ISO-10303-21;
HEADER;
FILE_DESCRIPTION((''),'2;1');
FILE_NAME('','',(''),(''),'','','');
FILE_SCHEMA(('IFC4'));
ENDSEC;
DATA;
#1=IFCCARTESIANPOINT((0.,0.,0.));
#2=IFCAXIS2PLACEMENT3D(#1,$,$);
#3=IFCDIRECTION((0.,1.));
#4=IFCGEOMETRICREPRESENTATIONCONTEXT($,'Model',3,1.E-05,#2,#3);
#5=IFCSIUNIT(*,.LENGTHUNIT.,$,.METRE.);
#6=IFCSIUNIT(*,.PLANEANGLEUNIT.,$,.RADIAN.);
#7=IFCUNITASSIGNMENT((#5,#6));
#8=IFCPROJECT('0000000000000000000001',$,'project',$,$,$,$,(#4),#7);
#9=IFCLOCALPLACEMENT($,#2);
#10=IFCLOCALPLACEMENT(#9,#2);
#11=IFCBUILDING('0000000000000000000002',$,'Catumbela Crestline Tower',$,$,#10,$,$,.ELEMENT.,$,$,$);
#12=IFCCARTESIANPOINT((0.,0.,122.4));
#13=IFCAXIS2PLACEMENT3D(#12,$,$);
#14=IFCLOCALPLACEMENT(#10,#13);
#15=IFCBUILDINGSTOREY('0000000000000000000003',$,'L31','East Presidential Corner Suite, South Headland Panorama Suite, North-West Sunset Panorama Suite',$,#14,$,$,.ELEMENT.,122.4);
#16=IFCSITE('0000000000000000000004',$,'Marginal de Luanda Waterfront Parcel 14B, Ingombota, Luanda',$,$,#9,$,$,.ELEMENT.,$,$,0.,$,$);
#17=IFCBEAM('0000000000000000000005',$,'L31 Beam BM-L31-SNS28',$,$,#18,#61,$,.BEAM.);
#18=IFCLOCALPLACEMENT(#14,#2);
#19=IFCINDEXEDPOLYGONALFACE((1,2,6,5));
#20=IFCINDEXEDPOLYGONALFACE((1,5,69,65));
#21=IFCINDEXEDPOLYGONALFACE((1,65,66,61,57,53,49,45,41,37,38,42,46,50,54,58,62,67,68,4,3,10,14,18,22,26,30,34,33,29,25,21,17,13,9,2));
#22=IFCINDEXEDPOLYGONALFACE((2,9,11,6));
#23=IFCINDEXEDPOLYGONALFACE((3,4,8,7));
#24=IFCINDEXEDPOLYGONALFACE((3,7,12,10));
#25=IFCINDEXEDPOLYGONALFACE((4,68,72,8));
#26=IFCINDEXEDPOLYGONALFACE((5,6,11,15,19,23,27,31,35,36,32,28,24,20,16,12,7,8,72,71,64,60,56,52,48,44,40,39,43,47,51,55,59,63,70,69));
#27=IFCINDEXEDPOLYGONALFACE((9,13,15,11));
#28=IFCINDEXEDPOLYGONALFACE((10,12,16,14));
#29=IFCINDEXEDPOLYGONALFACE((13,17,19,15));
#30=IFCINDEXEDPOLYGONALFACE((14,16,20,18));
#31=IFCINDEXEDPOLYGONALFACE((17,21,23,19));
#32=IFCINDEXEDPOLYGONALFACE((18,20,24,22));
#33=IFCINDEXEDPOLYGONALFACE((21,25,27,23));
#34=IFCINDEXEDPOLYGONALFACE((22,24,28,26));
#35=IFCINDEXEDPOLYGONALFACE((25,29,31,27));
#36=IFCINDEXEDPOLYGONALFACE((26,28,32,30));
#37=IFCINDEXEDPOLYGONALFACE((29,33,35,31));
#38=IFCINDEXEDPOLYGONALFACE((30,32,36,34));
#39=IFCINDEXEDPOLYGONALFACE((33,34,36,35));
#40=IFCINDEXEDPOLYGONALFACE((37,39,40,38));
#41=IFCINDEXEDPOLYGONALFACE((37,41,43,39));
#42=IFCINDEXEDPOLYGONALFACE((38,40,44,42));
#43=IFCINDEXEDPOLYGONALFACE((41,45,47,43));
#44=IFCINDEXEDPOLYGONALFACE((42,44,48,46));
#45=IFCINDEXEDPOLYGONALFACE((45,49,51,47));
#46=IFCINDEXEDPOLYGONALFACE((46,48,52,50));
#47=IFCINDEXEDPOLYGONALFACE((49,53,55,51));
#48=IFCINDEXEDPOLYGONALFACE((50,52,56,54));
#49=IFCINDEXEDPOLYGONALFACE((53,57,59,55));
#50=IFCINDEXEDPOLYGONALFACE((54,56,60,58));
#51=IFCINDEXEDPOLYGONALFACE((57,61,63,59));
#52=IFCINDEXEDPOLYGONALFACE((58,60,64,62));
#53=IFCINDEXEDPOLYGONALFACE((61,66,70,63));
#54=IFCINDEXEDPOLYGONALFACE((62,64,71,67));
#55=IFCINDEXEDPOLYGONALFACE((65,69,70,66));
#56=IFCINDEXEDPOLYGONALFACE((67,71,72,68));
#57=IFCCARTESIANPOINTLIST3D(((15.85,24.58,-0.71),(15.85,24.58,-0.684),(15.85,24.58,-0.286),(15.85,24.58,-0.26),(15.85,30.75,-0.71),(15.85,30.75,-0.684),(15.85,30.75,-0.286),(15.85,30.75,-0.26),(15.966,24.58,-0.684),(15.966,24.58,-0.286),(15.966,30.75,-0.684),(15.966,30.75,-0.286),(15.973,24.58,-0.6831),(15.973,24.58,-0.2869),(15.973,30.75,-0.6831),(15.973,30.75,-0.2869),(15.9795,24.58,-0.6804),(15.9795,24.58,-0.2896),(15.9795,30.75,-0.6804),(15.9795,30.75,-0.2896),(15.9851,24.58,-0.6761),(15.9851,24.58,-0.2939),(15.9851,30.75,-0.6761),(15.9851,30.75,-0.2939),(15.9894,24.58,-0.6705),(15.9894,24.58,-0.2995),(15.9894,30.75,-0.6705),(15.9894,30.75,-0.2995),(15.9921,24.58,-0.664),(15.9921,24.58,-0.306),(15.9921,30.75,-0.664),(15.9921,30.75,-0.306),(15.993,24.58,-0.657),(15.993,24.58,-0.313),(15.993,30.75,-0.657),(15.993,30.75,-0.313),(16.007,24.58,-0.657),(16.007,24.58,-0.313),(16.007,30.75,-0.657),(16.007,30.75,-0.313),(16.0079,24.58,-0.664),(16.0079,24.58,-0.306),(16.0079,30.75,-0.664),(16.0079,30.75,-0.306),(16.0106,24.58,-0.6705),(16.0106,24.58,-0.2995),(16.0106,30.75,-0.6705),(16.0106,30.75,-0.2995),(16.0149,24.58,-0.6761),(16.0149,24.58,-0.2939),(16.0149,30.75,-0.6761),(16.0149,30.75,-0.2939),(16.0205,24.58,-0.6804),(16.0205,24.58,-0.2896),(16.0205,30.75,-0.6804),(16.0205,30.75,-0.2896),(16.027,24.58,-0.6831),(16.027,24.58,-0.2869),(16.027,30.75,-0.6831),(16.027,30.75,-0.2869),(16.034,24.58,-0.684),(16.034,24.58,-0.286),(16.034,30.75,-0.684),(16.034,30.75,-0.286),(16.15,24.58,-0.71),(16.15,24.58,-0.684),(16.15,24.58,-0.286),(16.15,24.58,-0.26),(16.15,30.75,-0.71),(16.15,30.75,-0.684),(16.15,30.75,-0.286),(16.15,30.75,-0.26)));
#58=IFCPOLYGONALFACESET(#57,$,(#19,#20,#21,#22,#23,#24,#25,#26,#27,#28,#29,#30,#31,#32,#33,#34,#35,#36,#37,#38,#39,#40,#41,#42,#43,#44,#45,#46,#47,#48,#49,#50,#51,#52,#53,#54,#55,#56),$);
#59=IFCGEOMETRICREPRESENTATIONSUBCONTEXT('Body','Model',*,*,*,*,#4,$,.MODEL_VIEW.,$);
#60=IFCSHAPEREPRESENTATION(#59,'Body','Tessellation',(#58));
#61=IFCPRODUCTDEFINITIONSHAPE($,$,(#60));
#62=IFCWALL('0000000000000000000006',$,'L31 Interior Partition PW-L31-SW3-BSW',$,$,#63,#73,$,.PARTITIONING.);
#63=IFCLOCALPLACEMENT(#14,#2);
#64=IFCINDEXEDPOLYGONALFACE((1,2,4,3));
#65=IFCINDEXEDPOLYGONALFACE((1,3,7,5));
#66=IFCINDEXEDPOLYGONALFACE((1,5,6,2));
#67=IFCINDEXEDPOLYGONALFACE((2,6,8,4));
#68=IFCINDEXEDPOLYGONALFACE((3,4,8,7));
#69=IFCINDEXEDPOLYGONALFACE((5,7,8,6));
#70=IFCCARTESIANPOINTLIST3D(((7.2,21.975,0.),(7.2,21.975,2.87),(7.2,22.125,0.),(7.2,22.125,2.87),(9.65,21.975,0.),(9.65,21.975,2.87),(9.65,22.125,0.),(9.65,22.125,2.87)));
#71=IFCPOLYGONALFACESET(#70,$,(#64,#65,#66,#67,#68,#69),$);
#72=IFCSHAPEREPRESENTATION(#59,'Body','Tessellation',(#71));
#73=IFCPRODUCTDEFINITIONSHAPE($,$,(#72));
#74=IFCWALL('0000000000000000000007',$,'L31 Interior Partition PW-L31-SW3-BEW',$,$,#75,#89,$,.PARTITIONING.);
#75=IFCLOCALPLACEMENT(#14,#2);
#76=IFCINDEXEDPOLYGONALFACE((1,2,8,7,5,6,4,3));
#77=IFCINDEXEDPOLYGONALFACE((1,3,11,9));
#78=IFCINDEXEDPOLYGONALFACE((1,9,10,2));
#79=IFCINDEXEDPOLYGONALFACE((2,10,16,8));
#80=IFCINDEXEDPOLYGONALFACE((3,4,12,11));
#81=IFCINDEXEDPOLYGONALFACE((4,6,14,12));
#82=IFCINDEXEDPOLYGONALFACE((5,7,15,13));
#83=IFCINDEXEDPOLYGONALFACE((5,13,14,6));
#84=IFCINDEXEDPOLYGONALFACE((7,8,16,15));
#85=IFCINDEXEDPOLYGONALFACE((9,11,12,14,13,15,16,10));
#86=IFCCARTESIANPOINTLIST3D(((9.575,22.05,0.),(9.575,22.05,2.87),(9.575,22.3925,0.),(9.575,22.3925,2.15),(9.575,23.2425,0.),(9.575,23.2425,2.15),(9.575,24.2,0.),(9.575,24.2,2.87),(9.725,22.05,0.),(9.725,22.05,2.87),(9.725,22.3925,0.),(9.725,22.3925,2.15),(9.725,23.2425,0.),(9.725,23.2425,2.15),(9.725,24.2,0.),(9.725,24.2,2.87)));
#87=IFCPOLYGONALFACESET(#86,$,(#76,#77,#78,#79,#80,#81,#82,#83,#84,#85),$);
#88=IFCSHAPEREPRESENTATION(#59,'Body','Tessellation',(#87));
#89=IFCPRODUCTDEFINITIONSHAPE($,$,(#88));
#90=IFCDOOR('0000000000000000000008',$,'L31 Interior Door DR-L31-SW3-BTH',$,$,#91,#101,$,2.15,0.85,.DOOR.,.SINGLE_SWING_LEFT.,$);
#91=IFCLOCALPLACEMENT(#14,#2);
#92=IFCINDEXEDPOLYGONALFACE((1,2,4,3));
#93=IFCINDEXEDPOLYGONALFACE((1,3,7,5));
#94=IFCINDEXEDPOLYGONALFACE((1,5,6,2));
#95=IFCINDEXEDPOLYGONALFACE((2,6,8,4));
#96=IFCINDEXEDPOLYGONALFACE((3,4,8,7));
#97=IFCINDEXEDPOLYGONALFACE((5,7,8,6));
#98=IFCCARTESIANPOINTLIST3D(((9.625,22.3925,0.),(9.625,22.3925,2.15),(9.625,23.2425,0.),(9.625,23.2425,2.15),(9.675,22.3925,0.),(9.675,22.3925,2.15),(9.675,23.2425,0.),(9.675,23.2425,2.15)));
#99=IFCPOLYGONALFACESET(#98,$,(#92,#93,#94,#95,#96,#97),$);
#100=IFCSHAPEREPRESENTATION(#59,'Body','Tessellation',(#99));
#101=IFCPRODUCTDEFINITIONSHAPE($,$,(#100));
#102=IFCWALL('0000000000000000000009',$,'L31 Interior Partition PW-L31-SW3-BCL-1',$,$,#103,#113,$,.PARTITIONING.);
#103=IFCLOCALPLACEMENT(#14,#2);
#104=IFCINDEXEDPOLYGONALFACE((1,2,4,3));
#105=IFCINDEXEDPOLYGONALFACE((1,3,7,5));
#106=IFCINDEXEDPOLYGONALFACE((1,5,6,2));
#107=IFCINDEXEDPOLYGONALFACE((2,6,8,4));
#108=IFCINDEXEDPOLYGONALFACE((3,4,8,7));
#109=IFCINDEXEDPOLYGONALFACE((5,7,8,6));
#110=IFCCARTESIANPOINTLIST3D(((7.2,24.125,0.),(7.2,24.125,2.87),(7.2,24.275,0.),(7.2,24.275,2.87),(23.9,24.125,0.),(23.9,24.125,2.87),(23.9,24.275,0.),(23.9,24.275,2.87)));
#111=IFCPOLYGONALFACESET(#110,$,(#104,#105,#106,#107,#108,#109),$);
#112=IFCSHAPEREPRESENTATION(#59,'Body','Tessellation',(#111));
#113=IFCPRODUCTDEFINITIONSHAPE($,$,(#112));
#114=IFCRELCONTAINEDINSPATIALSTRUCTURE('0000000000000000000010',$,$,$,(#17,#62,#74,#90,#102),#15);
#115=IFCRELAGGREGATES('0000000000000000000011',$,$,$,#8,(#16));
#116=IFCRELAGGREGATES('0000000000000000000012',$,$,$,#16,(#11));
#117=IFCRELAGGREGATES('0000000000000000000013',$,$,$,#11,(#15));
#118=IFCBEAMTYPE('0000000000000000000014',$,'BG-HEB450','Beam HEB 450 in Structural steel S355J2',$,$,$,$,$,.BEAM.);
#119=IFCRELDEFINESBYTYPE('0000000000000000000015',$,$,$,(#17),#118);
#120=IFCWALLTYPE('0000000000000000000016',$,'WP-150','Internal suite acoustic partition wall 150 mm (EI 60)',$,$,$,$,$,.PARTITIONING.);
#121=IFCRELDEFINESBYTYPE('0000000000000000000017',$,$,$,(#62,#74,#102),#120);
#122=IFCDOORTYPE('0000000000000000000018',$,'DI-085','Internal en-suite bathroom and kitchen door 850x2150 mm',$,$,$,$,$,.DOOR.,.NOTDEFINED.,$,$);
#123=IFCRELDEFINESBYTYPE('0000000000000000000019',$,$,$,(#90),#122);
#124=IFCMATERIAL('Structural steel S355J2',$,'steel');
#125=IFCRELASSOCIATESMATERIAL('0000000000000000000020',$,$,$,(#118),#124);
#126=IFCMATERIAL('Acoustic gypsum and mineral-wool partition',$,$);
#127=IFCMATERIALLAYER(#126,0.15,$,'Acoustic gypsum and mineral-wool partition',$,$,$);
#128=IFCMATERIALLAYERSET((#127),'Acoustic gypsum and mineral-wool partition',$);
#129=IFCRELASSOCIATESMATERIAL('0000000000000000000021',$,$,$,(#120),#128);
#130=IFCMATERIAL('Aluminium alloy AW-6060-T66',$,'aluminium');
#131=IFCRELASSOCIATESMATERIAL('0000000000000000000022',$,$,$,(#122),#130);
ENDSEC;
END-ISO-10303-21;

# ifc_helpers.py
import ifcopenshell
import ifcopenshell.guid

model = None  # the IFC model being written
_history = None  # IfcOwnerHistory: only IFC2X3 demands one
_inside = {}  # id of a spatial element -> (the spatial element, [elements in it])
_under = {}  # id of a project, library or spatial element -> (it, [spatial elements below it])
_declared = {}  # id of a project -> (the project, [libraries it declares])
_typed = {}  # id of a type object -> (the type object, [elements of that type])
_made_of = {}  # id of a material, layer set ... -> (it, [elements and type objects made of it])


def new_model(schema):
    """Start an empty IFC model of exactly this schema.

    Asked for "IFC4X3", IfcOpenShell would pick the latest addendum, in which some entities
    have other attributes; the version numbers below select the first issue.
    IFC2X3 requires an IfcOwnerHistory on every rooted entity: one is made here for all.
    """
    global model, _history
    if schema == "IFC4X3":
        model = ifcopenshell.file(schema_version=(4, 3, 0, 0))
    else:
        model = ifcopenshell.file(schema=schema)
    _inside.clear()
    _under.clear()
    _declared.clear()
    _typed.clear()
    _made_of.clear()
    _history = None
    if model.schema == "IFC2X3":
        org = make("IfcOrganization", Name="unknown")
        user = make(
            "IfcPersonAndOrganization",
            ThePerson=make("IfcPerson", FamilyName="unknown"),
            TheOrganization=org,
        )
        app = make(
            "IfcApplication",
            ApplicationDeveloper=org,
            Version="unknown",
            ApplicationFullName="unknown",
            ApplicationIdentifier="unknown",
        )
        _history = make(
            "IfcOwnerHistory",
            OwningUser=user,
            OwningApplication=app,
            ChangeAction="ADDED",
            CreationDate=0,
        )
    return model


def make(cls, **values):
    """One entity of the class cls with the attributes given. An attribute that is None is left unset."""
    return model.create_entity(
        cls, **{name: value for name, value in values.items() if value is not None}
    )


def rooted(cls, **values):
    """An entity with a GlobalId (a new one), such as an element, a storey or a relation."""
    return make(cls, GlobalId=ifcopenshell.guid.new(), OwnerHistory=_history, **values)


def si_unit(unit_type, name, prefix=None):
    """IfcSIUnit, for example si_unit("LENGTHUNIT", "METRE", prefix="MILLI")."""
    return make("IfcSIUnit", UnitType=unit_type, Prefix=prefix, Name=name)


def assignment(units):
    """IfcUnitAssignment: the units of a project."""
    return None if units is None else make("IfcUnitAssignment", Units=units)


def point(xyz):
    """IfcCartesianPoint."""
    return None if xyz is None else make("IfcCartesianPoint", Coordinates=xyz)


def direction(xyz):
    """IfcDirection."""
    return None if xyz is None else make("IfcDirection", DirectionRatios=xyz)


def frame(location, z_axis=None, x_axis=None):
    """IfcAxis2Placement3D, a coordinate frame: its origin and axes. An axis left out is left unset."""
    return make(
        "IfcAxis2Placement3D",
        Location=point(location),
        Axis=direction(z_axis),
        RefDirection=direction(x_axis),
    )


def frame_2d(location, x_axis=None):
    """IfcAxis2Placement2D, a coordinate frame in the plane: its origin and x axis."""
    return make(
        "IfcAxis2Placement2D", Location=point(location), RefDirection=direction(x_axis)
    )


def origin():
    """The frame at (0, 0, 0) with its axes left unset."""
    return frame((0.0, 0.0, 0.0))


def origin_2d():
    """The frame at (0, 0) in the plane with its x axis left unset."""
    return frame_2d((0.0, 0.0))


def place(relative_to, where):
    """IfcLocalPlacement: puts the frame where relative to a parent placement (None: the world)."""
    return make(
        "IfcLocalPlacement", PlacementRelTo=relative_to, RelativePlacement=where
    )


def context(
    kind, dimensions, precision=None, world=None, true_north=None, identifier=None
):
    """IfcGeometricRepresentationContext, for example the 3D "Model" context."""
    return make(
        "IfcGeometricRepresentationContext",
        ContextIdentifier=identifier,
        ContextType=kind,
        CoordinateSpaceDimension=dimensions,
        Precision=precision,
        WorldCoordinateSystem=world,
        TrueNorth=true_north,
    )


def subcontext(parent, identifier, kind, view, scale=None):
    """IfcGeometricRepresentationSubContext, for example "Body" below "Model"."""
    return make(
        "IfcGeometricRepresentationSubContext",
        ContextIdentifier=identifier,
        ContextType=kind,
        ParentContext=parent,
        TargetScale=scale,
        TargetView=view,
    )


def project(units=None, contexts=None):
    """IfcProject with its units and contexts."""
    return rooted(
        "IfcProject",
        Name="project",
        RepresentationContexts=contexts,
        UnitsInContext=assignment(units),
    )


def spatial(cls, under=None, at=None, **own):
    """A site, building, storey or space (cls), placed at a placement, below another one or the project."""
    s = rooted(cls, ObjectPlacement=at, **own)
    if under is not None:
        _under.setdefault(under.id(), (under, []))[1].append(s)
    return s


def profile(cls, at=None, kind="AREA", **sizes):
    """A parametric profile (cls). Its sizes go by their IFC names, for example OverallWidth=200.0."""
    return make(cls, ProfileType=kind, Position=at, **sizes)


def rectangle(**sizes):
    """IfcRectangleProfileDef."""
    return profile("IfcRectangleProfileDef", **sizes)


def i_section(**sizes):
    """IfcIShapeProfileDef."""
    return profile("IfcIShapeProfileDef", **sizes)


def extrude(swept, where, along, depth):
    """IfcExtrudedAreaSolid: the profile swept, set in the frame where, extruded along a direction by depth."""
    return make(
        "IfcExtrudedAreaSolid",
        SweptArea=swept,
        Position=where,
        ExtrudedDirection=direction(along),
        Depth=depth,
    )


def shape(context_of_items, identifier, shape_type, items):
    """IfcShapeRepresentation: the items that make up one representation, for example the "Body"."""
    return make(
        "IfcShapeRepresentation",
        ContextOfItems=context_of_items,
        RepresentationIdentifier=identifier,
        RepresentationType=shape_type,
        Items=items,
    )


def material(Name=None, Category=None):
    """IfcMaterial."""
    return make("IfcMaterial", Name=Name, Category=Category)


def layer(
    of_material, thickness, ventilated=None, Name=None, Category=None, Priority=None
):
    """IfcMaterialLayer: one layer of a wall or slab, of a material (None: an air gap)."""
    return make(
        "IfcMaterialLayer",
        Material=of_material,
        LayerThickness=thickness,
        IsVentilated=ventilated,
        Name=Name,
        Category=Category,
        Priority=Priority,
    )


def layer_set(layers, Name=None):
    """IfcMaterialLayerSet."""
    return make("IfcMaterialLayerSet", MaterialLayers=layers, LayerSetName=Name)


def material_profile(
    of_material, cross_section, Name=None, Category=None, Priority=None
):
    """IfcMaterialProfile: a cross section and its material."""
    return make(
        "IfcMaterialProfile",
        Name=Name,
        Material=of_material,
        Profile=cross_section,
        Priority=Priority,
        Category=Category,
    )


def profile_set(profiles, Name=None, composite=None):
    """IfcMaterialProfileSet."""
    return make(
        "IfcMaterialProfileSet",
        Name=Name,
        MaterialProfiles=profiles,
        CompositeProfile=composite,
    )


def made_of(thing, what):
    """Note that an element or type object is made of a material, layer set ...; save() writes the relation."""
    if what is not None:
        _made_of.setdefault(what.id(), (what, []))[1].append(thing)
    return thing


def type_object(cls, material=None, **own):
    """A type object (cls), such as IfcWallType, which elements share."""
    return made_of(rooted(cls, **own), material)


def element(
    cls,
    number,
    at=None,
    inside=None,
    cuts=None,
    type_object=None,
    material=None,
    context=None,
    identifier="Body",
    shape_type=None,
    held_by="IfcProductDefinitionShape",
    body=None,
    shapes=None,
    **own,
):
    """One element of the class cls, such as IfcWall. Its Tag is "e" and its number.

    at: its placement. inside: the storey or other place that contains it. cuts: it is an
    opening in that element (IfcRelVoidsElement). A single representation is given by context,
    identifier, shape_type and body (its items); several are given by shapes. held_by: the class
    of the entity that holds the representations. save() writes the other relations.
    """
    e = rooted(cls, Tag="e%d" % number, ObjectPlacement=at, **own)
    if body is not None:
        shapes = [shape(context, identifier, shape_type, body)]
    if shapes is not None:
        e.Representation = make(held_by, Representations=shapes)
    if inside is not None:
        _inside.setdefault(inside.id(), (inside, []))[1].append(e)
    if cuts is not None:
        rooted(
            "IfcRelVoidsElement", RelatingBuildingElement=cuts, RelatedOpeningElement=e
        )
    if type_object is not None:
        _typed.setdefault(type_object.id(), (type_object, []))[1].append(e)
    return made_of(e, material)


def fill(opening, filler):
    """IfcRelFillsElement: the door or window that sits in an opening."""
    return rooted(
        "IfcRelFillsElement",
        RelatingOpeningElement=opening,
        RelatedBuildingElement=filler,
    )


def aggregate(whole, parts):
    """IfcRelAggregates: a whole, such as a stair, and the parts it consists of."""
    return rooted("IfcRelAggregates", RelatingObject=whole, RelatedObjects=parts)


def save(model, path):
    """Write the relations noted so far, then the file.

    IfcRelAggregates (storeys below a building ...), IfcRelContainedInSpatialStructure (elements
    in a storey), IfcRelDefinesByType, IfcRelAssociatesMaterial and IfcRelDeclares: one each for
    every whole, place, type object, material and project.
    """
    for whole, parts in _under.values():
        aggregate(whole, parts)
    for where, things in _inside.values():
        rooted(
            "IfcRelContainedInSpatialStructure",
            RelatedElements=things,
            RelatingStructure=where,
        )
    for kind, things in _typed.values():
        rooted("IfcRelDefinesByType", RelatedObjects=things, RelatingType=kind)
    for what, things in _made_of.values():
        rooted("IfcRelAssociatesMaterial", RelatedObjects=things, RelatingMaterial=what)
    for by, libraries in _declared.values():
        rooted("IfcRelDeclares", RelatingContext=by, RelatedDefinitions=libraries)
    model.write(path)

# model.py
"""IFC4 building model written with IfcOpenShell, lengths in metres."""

from ifc_helpers import new_model, si_unit, direction, frame, frame_2d, origin, origin_2d, place, context, subcontext, project, spatial, rectangle, i_section, extrude, material, layer, layer_set, material_profile, profile_set, type_object, element, fill, save


model = new_model("IFC4")

# Units and contexts
model_context = context("Model", 3, precision=1e-05, world=origin(), true_north=direction((0.0, 1.0)))
body_context = subcontext(model_context, "Body", "Model", "MODEL_VIEW")
ifc_project = project(units=[si_unit("LENGTHUNIT", "METRE"), si_unit("PLANEANGLEUNIT", "RADIAN")], contexts=[model_context])

# Site, building, storey
site_placement = place(None, origin())
site = spatial("IfcSite", under=ifc_project, at=site_placement, Name="Marginal de Luanda Waterfront Parcel 14B, Ingombota, Luanda", CompositionType="ELEMENT", RefElevation=0.0)
building_placement = place(site_placement, origin())
building = spatial("IfcBuilding", under=site, at=building_placement, Name="Catumbela Crestline Tower", CompositionType="ELEMENT")
storey_placement = place(building_placement, frame((0.0, 0.0, 122.4)))
storey = spatial("IfcBuildingStorey", under=building, at=storey_placement, Name="L31", Description="East Presidential Corner Suite, South Headland Panorama Suite, North-West Sunset Panorama Suite", CompositionType="ELEMENT", Elevation=122.4)

# Beam
ifc_material_1 = material(Name="Structural steel S355J2", Category="steel")
ifc_material_profile_1 = material_profile(ifc_material_1, i_section(OverallWidth=0.3, OverallDepth=0.45, WebThickness=0.014, FlangeThickness=0.026, FilletRadius=0.027, at=origin_2d()), Name="HEB 450")
ifc_profile_set_1 = profile_set([ifc_material_profile_1], Name="Structural steel S355J2")
beam_type = type_object("IfcBeamType", Name="BG-HEB450", Description="Beam HEB 450 in Structural steel S355J2", PredefinedType="BEAM", material=ifc_profile_set_1)
beam_1_placement = place(storey_placement, frame((16.0, 24.58, -0.485), z_axis=(0.0, 1.0, 0.0), x_axis=(-1.0, 0.0, 0.0)))
element("IfcBeam", 1, at=beam_1_placement, inside=storey, type_object=beam_type, Name="L31 Beam BM-L31-SNS28", PredefinedType="BEAM", context=body_context, shape_type="SweptSolid", body=[
    extrude(i_section(OverallWidth=0.3, OverallDepth=0.45, WebThickness=0.014, FlangeThickness=0.026, FilletRadius=0.027, at=origin_2d()), origin(), (0.0, 0.0, 1.0), 6.17),
])

# Wall
ifc_material_2 = material(Name="Acoustic gypsum and mineral-wool partition")
ifc_layer = layer(ifc_material_2, 0.15, Name="Acoustic gypsum and mineral-wool partition")
ifc_layer_set = layer_set([ifc_layer], Name="Acoustic gypsum and mineral-wool partition")
wall_type = type_object("IfcWallType", Name="WP-150", Description="Internal suite acoustic partition wall 150 mm (EI 60)", PredefinedType="PARTITIONING", material=ifc_layer_set)
wall_1_placement = place(storey_placement, frame((7.2, 22.05, 0.0), z_axis=(0.0, 0.0, 1.0), x_axis=(1.0, 0.0, 0.0)))
element("IfcWall", 2, at=wall_1_placement, inside=storey, type_object=wall_type, Name="L31 Interior Partition PW-L31-SW3-BSW", PredefinedType="PARTITIONING", context=body_context, shape_type="SweptSolid", body=[
    extrude(rectangle(XDim=2.45, YDim=0.15, at=frame_2d((1.225, 0.0))), origin(), (0.0, 0.0, 1.0), 2.87),
])

# Wall, opening, door
wall_2_placement = place(storey_placement, frame((9.65, 22.05, 0.0), z_axis=(0.0, 0.0, 1.0), x_axis=(0.0, 1.0, 0.0)))
wall_2 = element("IfcWall", 3, at=wall_2_placement, inside=storey, type_object=wall_type, Name="L31 Interior Partition PW-L31-SW3-BEW", PredefinedType="PARTITIONING", context=body_context, shape_type="SweptSolid", body=[
    extrude(rectangle(XDim=2.15, YDim=0.15, at=frame_2d((1.075, 0.0))), origin(), (0.0, 0.0, 1.0), 2.87),
])
opening_placement = place(wall_2_placement, frame((0.3425, 0.0, 0.0)))
opening = element("IfcOpeningElement", 4, at=opening_placement, cuts=wall_2, PredefinedType="OPENING", context=body_context, shape_type="SweptSolid", body=[
    extrude(rectangle(XDim=0.85, YDim=2.15, at=frame_2d((0.425, 1.075))), frame((0.0, 0.085, 0.0), z_axis=(0.0, -1.0, 0.0), x_axis=(1.0, 0.0, 0.0)), (0.0, 0.0, 1.0), 0.17),
])
ifc_material_3 = material(Name="Aluminium alloy AW-6060-T66", Category="aluminium")
door_type = type_object("IfcDoorType", Name="DI-085", Description="Internal en-suite bathroom and kitchen door 850x2150 mm", OperationType="NOTDEFINED", PredefinedType="DOOR", material=ifc_material_3)
door_placement = place(opening_placement, origin())
door = element("IfcDoor", 5, at=door_placement, inside=storey, type_object=door_type, Name="L31 Interior Door DR-L31-SW3-BTH", OperationType="SINGLE_SWING_LEFT", OverallHeight=2.15, OverallWidth=0.85, PredefinedType="DOOR", context=body_context, shape_type="SweptSolid", body=[
    extrude(rectangle(XDim=0.85, YDim=2.15, at=frame_2d((0.425, 1.075))), frame((0.0, 0.025, 0.0), z_axis=(0.0, -1.0, 0.0), x_axis=(1.0, 0.0, 0.0)), (0.0, 0.0, 1.0), 0.05),
])
fill(opening, door)

# Wall
wall_3_placement = place(storey_placement, frame((7.2, 24.2, 0.0), z_axis=(0.0, 0.0, 1.0), x_axis=(1.0, 0.0, 0.0)))
element("IfcWall", 6, at=wall_3_placement, inside=storey, type_object=wall_type, Name="L31 Interior Partition PW-L31-SW3-BCL-1", PredefinedType="PARTITIONING", context=body_context, shape_type="SweptSolid", body=[
    extrude(rectangle(XDim=16.7, YDim=0.15, at=frame_2d((8.35, 0.0))), origin(), (0.0, 0.0, 1.0), 2.87),
])

save(model, "model.ifc")
